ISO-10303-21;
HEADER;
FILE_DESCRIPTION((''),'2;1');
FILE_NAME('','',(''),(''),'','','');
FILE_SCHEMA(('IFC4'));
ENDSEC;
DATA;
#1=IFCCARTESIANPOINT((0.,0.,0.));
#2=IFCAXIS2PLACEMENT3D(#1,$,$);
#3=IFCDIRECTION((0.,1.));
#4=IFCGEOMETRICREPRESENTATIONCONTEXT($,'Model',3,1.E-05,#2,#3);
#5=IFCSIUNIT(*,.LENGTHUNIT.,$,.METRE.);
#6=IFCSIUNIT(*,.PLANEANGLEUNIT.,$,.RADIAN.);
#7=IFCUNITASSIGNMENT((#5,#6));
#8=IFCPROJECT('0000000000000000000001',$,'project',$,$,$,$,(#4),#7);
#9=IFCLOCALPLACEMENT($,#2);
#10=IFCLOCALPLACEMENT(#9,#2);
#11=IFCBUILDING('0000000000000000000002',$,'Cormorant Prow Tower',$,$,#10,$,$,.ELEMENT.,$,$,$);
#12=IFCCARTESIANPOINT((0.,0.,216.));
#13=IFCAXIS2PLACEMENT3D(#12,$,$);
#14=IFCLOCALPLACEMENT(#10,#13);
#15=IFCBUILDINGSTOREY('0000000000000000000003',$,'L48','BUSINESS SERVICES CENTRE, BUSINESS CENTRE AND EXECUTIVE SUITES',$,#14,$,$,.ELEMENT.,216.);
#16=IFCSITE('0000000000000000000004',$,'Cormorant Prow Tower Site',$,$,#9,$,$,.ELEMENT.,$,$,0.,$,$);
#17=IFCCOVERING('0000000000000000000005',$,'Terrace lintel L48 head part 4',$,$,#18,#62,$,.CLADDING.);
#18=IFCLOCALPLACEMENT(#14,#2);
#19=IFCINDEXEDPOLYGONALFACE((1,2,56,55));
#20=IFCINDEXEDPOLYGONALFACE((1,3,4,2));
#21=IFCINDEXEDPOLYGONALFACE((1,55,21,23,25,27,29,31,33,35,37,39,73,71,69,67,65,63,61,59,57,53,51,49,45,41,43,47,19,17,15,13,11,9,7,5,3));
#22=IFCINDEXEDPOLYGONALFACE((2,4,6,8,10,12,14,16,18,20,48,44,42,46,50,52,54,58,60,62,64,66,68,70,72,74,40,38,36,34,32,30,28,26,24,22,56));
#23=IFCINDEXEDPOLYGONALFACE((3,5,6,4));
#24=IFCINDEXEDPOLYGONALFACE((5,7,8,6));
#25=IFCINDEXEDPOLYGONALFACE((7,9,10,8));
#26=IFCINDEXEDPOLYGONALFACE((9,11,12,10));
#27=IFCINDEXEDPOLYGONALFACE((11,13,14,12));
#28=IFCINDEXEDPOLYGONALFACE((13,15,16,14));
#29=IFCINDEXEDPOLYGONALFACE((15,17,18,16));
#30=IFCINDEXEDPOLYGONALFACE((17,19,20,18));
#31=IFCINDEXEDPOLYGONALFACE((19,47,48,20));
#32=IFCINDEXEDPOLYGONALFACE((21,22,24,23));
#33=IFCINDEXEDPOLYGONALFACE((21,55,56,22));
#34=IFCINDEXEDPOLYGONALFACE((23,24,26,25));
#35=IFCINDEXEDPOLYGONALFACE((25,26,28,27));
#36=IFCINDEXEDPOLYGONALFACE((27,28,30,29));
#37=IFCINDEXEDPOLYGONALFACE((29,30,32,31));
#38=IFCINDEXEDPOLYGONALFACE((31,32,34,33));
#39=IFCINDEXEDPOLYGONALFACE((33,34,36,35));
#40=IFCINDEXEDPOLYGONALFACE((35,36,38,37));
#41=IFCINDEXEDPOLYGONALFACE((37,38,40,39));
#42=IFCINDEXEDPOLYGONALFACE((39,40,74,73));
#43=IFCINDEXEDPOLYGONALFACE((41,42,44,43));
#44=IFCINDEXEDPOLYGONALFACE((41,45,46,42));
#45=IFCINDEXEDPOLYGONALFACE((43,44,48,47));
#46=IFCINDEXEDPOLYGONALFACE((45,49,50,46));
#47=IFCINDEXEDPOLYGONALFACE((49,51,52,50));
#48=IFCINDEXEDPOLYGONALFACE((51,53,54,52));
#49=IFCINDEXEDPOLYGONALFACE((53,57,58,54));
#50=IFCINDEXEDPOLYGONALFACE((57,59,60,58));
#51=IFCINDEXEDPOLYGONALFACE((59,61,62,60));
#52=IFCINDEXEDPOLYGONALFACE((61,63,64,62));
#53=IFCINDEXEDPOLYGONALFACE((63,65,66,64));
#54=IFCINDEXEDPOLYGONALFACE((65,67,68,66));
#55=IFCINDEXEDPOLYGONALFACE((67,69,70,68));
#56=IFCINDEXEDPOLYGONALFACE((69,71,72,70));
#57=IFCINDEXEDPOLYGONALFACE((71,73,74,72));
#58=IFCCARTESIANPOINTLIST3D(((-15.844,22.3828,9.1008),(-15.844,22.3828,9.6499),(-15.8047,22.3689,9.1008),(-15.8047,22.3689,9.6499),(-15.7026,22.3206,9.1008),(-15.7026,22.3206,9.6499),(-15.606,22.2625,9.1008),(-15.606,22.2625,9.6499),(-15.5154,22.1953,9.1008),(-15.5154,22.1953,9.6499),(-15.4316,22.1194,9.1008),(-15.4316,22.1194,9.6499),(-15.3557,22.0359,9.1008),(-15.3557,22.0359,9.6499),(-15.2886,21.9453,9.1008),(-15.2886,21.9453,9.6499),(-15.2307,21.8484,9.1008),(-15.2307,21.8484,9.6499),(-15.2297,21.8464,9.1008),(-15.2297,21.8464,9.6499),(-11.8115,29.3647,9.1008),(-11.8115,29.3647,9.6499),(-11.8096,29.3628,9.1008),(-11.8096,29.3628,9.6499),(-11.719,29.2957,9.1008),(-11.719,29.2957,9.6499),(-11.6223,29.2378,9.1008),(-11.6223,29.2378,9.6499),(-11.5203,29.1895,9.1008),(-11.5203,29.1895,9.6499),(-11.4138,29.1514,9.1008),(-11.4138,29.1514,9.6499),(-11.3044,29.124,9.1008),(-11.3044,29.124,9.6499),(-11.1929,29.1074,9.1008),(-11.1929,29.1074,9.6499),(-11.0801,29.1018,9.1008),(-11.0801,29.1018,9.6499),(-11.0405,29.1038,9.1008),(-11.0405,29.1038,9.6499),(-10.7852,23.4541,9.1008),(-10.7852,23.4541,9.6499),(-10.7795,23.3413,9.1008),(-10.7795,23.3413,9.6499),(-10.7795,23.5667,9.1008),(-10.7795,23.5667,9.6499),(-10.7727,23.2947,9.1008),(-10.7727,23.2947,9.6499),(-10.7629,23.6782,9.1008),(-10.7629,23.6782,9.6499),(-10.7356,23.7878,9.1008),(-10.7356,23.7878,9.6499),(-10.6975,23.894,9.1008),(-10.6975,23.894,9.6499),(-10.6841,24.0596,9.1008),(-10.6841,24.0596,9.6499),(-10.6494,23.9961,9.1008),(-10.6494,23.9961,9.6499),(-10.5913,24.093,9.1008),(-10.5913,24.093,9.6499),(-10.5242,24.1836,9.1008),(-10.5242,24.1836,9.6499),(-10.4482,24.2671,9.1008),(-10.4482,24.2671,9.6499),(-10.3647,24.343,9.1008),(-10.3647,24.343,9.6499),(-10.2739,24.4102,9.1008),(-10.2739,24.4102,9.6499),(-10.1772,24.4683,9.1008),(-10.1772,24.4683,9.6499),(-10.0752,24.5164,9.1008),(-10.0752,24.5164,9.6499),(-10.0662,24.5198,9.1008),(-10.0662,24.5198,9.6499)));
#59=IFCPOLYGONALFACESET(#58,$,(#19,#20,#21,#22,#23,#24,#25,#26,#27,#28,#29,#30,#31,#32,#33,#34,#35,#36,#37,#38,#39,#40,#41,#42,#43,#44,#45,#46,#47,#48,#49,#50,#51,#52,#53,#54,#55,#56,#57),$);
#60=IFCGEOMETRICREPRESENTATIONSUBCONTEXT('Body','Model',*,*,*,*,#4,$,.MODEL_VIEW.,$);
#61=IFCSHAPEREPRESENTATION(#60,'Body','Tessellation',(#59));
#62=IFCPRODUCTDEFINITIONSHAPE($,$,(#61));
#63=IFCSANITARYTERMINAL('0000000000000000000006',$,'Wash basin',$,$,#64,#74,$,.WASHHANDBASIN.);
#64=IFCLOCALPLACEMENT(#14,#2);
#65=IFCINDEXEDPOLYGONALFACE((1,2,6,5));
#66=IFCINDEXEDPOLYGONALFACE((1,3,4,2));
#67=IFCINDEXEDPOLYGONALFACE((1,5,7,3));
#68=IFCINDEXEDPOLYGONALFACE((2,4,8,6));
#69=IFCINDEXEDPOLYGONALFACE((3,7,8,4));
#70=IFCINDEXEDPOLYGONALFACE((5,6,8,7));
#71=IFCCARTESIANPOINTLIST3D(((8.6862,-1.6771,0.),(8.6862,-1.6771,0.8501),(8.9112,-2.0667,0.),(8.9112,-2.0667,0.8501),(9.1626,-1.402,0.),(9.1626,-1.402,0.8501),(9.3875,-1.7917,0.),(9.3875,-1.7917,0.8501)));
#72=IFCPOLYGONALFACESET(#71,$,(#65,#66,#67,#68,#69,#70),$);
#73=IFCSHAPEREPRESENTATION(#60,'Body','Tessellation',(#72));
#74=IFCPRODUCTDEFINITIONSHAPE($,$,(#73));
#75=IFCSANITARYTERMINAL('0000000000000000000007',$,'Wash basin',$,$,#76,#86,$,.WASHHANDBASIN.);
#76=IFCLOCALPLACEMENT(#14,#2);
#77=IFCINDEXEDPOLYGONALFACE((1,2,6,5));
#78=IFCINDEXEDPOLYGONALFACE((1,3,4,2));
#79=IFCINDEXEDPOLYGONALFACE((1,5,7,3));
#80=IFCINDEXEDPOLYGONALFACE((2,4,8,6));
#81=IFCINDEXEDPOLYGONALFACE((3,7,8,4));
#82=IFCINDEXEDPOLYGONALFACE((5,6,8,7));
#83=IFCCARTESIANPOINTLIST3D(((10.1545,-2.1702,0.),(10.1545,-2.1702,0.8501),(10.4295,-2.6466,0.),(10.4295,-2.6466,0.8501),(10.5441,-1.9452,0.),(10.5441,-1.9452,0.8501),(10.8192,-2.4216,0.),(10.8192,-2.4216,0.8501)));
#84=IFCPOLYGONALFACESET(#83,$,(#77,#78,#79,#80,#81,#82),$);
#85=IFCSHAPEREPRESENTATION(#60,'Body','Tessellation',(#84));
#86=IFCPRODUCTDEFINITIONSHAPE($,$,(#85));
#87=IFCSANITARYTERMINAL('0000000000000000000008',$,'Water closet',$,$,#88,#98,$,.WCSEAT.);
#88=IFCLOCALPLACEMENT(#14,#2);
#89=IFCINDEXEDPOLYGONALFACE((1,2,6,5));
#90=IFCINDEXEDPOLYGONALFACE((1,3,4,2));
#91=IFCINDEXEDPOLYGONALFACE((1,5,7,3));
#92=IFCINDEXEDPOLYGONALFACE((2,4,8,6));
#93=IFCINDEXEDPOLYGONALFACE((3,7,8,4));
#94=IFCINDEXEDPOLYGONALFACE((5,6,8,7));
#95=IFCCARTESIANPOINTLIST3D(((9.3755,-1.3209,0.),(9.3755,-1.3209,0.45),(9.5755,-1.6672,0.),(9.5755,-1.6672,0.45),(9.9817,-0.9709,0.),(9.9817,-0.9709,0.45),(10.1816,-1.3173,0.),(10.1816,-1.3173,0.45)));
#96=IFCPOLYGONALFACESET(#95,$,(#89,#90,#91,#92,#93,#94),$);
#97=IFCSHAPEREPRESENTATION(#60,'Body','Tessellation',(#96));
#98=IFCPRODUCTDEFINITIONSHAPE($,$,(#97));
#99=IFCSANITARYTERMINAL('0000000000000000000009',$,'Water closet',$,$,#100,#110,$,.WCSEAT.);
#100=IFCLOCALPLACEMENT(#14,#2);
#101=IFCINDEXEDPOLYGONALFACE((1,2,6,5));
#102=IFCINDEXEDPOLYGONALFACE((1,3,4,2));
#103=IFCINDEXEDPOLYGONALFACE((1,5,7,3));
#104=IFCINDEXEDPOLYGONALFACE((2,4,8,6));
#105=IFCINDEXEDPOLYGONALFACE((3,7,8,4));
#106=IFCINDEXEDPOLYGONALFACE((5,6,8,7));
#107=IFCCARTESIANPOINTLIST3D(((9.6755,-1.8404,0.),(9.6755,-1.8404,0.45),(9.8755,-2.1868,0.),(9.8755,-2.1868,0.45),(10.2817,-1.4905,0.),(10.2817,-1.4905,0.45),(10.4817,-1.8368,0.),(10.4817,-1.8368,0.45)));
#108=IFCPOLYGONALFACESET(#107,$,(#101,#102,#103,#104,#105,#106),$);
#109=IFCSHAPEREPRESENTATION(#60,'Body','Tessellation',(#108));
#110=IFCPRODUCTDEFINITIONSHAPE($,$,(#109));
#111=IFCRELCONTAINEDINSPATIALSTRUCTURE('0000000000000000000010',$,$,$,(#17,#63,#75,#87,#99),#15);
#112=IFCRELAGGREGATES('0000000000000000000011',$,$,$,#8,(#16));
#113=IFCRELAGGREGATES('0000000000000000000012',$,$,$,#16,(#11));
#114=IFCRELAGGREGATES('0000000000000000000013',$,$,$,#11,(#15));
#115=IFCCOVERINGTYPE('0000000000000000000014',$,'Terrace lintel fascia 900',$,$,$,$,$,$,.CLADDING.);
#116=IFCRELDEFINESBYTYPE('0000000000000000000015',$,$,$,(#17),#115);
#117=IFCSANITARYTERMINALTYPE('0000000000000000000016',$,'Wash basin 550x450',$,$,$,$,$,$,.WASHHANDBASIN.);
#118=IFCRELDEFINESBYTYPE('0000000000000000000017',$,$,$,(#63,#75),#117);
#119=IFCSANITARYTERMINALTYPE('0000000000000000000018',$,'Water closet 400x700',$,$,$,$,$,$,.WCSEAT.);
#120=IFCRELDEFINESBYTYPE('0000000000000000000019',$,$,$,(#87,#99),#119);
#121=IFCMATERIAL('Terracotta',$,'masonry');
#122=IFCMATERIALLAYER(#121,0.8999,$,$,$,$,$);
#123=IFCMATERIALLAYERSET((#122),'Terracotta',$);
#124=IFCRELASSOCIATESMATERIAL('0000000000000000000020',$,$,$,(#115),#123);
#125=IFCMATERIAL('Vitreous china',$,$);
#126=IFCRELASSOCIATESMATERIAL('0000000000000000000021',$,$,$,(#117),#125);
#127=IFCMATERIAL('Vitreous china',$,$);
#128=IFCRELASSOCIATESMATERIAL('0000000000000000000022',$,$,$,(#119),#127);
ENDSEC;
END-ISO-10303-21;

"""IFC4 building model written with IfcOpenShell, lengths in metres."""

from ifc_helpers import new_model, si_unit, direction, frame, origin, origin_2d, place, context, subcontext, project, spatial, polyline, rectangle, outline, extrude, material, layer, layer_set, type_object, element, save


model = new_model("IFC4")

# Units and contexts
model_context = context("Model", 3, precision=1e-05, world=origin(), true_north=direction((0.0, 1.0)))
body_context = subcontext(model_context, "Body", "Model", "MODEL_VIEW")
ifc_project = project(units=[si_unit("LENGTHUNIT", "METRE"), si_unit("PLANEANGLEUNIT", "RADIAN")], contexts=[model_context])

# Site, building, storey
site_placement = place(None, origin())
site = spatial("IfcSite", under=ifc_project, at=site_placement, Name="Cormorant Prow Tower Site", CompositionType="ELEMENT", RefElevation=0.0)
building_placement = place(site_placement, origin())
building = spatial("IfcBuilding", under=site, at=building_placement, Name="Cormorant Prow Tower", CompositionType="ELEMENT")
storey_placement = place(building_placement, frame((0.0, 0.0, 216.0)))
storey = spatial("IfcBuildingStorey", under=building, at=storey_placement, Name="L48", Description="BUSINESS SERVICES CENTRE, BUSINESS CENTRE AND EXECUTIVE SUITES", CompositionType="ELEMENT", Elevation=216.0)

# Covering
ifc_material_1 = material(Name="Terracotta", Category="masonry")
ifc_layer_1 = layer(ifc_material_1, 0.8999)
ifc_layer_set_1 = layer_set([ifc_layer_1], Name="Terracotta")
covering_type = type_object("IfcCoveringType", Name="Terrace lintel fascia 900", PredefinedType="CLADDING", material=ifc_layer_set_1)
covering_1_placement = place(storey_placement, frame((0.0, 0.0, 9.1008)))
element("IfcCovering", 1, at=covering_1_placement, inside=storey, type_object=covering_type, Name="Terrace lintel L48 head part 4", PredefinedType="CLADDING", context=body_context, shape_type="SweptSolid", body=[
    extrude(outline(polyline([(-15.2307, 21.8484), (-15.2886, 21.9453), (-15.3557, 22.0359), (-15.4316, 22.1194), (-15.5154, 22.1953), (-15.606, 22.2625), (-15.7026, 22.3206), (-15.8047, 22.3689), (-15.844, 22.3828), (-10.6841, 24.0596), (-11.8115, 29.3647), (-11.8096, 29.3628), (-11.719, 29.2957), (-11.6223, 29.2378), (-11.5203, 29.1895), (-11.4138, 29.1514), (-11.3044, 29.124), (-11.1929, 29.1074), (-11.0801, 29.1018), (-11.0405, 29.1038), (-10.0662, 24.5198), (-10.0752, 24.5164), (-10.1772, 24.4683), (-10.2739, 24.4102), (-10.3647, 24.343), (-10.4482, 24.2671), (-10.5242, 24.1836), (-10.5913, 24.093), (-10.6494, 23.9961), (-10.6975, 23.894), (-10.7356, 23.7878), (-10.7629, 23.6782), (-10.7795, 23.5667), (-10.7852, 23.4541), (-10.7795, 23.3413), (-10.7727, 23.2947), (-15.2297, 21.8464), (-15.2307, 21.8484)])), origin(), (0.0, 0.0, 1.0), 0.5491),
])

# Sanitary terminals
ifc_material_2 = material(Name="Vitreous china")
sanitary_terminal_type_1 = type_object("IfcSanitaryTerminalType", Name="Wash basin 550x450", PredefinedType="WASHHANDBASIN", material=ifc_material_2)
for number, where, z_axis, x_axis, name in (
    (2, (9.0369, -1.7344, 0.0), (0.0, 0.0, 1.0), (-0.866025, -0.5, 0.0), "Wash basin"),
    (3, (10.4868, -2.2959, 0.0), (0.0, 0.0, 1.0), (-0.5, 0.866025, 0.0), "Wash basin"),
):
    element("IfcSanitaryTerminal", number, at=place(storey_placement, frame(where, z_axis=z_axis, x_axis=x_axis)), inside=storey, type_object=sanitary_terminal_type_1, Name=name, PredefinedType="WASHHANDBASIN", context=body_context, shape_type="SweptSolid", body=[
        extrude(rectangle(XDim=0.55, YDim=0.45, at=origin_2d()), origin(), (0.0, 0.0, 1.0), 0.8501),
    ])
ifc_material_3 = material(Name="Vitreous china")
sanitary_terminal_type_2 = type_object("IfcSanitaryTerminalType", Name="Water closet 400x700", PredefinedType="WCSEAT", material=ifc_material_3)
for number, where, z_axis, x_axis, name in (
    (4, (9.7786, -1.3191, 0.0), (0.0, 0.0, 1.0), (-0.5, 0.866025, 0.0), "Water closet"),
    (5, (10.0786, -1.8386, 0.0), (0.0, 0.0, 1.0), (-0.5, 0.866025, 0.0), "Water closet"),
):
    element("IfcSanitaryTerminal", number, at=place(storey_placement, frame(where, z_axis=z_axis, x_axis=x_axis)), inside=storey, type_object=sanitary_terminal_type_2, Name=name, PredefinedType="WCSEAT", context=body_context, shape_type="SweptSolid", body=[
        extrude(rectangle(XDim=0.3999, YDim=0.7, at=origin_2d()), origin(), (0.0, 0.0, 1.0), 0.45),
    ])

save(model, "model.ifc")
